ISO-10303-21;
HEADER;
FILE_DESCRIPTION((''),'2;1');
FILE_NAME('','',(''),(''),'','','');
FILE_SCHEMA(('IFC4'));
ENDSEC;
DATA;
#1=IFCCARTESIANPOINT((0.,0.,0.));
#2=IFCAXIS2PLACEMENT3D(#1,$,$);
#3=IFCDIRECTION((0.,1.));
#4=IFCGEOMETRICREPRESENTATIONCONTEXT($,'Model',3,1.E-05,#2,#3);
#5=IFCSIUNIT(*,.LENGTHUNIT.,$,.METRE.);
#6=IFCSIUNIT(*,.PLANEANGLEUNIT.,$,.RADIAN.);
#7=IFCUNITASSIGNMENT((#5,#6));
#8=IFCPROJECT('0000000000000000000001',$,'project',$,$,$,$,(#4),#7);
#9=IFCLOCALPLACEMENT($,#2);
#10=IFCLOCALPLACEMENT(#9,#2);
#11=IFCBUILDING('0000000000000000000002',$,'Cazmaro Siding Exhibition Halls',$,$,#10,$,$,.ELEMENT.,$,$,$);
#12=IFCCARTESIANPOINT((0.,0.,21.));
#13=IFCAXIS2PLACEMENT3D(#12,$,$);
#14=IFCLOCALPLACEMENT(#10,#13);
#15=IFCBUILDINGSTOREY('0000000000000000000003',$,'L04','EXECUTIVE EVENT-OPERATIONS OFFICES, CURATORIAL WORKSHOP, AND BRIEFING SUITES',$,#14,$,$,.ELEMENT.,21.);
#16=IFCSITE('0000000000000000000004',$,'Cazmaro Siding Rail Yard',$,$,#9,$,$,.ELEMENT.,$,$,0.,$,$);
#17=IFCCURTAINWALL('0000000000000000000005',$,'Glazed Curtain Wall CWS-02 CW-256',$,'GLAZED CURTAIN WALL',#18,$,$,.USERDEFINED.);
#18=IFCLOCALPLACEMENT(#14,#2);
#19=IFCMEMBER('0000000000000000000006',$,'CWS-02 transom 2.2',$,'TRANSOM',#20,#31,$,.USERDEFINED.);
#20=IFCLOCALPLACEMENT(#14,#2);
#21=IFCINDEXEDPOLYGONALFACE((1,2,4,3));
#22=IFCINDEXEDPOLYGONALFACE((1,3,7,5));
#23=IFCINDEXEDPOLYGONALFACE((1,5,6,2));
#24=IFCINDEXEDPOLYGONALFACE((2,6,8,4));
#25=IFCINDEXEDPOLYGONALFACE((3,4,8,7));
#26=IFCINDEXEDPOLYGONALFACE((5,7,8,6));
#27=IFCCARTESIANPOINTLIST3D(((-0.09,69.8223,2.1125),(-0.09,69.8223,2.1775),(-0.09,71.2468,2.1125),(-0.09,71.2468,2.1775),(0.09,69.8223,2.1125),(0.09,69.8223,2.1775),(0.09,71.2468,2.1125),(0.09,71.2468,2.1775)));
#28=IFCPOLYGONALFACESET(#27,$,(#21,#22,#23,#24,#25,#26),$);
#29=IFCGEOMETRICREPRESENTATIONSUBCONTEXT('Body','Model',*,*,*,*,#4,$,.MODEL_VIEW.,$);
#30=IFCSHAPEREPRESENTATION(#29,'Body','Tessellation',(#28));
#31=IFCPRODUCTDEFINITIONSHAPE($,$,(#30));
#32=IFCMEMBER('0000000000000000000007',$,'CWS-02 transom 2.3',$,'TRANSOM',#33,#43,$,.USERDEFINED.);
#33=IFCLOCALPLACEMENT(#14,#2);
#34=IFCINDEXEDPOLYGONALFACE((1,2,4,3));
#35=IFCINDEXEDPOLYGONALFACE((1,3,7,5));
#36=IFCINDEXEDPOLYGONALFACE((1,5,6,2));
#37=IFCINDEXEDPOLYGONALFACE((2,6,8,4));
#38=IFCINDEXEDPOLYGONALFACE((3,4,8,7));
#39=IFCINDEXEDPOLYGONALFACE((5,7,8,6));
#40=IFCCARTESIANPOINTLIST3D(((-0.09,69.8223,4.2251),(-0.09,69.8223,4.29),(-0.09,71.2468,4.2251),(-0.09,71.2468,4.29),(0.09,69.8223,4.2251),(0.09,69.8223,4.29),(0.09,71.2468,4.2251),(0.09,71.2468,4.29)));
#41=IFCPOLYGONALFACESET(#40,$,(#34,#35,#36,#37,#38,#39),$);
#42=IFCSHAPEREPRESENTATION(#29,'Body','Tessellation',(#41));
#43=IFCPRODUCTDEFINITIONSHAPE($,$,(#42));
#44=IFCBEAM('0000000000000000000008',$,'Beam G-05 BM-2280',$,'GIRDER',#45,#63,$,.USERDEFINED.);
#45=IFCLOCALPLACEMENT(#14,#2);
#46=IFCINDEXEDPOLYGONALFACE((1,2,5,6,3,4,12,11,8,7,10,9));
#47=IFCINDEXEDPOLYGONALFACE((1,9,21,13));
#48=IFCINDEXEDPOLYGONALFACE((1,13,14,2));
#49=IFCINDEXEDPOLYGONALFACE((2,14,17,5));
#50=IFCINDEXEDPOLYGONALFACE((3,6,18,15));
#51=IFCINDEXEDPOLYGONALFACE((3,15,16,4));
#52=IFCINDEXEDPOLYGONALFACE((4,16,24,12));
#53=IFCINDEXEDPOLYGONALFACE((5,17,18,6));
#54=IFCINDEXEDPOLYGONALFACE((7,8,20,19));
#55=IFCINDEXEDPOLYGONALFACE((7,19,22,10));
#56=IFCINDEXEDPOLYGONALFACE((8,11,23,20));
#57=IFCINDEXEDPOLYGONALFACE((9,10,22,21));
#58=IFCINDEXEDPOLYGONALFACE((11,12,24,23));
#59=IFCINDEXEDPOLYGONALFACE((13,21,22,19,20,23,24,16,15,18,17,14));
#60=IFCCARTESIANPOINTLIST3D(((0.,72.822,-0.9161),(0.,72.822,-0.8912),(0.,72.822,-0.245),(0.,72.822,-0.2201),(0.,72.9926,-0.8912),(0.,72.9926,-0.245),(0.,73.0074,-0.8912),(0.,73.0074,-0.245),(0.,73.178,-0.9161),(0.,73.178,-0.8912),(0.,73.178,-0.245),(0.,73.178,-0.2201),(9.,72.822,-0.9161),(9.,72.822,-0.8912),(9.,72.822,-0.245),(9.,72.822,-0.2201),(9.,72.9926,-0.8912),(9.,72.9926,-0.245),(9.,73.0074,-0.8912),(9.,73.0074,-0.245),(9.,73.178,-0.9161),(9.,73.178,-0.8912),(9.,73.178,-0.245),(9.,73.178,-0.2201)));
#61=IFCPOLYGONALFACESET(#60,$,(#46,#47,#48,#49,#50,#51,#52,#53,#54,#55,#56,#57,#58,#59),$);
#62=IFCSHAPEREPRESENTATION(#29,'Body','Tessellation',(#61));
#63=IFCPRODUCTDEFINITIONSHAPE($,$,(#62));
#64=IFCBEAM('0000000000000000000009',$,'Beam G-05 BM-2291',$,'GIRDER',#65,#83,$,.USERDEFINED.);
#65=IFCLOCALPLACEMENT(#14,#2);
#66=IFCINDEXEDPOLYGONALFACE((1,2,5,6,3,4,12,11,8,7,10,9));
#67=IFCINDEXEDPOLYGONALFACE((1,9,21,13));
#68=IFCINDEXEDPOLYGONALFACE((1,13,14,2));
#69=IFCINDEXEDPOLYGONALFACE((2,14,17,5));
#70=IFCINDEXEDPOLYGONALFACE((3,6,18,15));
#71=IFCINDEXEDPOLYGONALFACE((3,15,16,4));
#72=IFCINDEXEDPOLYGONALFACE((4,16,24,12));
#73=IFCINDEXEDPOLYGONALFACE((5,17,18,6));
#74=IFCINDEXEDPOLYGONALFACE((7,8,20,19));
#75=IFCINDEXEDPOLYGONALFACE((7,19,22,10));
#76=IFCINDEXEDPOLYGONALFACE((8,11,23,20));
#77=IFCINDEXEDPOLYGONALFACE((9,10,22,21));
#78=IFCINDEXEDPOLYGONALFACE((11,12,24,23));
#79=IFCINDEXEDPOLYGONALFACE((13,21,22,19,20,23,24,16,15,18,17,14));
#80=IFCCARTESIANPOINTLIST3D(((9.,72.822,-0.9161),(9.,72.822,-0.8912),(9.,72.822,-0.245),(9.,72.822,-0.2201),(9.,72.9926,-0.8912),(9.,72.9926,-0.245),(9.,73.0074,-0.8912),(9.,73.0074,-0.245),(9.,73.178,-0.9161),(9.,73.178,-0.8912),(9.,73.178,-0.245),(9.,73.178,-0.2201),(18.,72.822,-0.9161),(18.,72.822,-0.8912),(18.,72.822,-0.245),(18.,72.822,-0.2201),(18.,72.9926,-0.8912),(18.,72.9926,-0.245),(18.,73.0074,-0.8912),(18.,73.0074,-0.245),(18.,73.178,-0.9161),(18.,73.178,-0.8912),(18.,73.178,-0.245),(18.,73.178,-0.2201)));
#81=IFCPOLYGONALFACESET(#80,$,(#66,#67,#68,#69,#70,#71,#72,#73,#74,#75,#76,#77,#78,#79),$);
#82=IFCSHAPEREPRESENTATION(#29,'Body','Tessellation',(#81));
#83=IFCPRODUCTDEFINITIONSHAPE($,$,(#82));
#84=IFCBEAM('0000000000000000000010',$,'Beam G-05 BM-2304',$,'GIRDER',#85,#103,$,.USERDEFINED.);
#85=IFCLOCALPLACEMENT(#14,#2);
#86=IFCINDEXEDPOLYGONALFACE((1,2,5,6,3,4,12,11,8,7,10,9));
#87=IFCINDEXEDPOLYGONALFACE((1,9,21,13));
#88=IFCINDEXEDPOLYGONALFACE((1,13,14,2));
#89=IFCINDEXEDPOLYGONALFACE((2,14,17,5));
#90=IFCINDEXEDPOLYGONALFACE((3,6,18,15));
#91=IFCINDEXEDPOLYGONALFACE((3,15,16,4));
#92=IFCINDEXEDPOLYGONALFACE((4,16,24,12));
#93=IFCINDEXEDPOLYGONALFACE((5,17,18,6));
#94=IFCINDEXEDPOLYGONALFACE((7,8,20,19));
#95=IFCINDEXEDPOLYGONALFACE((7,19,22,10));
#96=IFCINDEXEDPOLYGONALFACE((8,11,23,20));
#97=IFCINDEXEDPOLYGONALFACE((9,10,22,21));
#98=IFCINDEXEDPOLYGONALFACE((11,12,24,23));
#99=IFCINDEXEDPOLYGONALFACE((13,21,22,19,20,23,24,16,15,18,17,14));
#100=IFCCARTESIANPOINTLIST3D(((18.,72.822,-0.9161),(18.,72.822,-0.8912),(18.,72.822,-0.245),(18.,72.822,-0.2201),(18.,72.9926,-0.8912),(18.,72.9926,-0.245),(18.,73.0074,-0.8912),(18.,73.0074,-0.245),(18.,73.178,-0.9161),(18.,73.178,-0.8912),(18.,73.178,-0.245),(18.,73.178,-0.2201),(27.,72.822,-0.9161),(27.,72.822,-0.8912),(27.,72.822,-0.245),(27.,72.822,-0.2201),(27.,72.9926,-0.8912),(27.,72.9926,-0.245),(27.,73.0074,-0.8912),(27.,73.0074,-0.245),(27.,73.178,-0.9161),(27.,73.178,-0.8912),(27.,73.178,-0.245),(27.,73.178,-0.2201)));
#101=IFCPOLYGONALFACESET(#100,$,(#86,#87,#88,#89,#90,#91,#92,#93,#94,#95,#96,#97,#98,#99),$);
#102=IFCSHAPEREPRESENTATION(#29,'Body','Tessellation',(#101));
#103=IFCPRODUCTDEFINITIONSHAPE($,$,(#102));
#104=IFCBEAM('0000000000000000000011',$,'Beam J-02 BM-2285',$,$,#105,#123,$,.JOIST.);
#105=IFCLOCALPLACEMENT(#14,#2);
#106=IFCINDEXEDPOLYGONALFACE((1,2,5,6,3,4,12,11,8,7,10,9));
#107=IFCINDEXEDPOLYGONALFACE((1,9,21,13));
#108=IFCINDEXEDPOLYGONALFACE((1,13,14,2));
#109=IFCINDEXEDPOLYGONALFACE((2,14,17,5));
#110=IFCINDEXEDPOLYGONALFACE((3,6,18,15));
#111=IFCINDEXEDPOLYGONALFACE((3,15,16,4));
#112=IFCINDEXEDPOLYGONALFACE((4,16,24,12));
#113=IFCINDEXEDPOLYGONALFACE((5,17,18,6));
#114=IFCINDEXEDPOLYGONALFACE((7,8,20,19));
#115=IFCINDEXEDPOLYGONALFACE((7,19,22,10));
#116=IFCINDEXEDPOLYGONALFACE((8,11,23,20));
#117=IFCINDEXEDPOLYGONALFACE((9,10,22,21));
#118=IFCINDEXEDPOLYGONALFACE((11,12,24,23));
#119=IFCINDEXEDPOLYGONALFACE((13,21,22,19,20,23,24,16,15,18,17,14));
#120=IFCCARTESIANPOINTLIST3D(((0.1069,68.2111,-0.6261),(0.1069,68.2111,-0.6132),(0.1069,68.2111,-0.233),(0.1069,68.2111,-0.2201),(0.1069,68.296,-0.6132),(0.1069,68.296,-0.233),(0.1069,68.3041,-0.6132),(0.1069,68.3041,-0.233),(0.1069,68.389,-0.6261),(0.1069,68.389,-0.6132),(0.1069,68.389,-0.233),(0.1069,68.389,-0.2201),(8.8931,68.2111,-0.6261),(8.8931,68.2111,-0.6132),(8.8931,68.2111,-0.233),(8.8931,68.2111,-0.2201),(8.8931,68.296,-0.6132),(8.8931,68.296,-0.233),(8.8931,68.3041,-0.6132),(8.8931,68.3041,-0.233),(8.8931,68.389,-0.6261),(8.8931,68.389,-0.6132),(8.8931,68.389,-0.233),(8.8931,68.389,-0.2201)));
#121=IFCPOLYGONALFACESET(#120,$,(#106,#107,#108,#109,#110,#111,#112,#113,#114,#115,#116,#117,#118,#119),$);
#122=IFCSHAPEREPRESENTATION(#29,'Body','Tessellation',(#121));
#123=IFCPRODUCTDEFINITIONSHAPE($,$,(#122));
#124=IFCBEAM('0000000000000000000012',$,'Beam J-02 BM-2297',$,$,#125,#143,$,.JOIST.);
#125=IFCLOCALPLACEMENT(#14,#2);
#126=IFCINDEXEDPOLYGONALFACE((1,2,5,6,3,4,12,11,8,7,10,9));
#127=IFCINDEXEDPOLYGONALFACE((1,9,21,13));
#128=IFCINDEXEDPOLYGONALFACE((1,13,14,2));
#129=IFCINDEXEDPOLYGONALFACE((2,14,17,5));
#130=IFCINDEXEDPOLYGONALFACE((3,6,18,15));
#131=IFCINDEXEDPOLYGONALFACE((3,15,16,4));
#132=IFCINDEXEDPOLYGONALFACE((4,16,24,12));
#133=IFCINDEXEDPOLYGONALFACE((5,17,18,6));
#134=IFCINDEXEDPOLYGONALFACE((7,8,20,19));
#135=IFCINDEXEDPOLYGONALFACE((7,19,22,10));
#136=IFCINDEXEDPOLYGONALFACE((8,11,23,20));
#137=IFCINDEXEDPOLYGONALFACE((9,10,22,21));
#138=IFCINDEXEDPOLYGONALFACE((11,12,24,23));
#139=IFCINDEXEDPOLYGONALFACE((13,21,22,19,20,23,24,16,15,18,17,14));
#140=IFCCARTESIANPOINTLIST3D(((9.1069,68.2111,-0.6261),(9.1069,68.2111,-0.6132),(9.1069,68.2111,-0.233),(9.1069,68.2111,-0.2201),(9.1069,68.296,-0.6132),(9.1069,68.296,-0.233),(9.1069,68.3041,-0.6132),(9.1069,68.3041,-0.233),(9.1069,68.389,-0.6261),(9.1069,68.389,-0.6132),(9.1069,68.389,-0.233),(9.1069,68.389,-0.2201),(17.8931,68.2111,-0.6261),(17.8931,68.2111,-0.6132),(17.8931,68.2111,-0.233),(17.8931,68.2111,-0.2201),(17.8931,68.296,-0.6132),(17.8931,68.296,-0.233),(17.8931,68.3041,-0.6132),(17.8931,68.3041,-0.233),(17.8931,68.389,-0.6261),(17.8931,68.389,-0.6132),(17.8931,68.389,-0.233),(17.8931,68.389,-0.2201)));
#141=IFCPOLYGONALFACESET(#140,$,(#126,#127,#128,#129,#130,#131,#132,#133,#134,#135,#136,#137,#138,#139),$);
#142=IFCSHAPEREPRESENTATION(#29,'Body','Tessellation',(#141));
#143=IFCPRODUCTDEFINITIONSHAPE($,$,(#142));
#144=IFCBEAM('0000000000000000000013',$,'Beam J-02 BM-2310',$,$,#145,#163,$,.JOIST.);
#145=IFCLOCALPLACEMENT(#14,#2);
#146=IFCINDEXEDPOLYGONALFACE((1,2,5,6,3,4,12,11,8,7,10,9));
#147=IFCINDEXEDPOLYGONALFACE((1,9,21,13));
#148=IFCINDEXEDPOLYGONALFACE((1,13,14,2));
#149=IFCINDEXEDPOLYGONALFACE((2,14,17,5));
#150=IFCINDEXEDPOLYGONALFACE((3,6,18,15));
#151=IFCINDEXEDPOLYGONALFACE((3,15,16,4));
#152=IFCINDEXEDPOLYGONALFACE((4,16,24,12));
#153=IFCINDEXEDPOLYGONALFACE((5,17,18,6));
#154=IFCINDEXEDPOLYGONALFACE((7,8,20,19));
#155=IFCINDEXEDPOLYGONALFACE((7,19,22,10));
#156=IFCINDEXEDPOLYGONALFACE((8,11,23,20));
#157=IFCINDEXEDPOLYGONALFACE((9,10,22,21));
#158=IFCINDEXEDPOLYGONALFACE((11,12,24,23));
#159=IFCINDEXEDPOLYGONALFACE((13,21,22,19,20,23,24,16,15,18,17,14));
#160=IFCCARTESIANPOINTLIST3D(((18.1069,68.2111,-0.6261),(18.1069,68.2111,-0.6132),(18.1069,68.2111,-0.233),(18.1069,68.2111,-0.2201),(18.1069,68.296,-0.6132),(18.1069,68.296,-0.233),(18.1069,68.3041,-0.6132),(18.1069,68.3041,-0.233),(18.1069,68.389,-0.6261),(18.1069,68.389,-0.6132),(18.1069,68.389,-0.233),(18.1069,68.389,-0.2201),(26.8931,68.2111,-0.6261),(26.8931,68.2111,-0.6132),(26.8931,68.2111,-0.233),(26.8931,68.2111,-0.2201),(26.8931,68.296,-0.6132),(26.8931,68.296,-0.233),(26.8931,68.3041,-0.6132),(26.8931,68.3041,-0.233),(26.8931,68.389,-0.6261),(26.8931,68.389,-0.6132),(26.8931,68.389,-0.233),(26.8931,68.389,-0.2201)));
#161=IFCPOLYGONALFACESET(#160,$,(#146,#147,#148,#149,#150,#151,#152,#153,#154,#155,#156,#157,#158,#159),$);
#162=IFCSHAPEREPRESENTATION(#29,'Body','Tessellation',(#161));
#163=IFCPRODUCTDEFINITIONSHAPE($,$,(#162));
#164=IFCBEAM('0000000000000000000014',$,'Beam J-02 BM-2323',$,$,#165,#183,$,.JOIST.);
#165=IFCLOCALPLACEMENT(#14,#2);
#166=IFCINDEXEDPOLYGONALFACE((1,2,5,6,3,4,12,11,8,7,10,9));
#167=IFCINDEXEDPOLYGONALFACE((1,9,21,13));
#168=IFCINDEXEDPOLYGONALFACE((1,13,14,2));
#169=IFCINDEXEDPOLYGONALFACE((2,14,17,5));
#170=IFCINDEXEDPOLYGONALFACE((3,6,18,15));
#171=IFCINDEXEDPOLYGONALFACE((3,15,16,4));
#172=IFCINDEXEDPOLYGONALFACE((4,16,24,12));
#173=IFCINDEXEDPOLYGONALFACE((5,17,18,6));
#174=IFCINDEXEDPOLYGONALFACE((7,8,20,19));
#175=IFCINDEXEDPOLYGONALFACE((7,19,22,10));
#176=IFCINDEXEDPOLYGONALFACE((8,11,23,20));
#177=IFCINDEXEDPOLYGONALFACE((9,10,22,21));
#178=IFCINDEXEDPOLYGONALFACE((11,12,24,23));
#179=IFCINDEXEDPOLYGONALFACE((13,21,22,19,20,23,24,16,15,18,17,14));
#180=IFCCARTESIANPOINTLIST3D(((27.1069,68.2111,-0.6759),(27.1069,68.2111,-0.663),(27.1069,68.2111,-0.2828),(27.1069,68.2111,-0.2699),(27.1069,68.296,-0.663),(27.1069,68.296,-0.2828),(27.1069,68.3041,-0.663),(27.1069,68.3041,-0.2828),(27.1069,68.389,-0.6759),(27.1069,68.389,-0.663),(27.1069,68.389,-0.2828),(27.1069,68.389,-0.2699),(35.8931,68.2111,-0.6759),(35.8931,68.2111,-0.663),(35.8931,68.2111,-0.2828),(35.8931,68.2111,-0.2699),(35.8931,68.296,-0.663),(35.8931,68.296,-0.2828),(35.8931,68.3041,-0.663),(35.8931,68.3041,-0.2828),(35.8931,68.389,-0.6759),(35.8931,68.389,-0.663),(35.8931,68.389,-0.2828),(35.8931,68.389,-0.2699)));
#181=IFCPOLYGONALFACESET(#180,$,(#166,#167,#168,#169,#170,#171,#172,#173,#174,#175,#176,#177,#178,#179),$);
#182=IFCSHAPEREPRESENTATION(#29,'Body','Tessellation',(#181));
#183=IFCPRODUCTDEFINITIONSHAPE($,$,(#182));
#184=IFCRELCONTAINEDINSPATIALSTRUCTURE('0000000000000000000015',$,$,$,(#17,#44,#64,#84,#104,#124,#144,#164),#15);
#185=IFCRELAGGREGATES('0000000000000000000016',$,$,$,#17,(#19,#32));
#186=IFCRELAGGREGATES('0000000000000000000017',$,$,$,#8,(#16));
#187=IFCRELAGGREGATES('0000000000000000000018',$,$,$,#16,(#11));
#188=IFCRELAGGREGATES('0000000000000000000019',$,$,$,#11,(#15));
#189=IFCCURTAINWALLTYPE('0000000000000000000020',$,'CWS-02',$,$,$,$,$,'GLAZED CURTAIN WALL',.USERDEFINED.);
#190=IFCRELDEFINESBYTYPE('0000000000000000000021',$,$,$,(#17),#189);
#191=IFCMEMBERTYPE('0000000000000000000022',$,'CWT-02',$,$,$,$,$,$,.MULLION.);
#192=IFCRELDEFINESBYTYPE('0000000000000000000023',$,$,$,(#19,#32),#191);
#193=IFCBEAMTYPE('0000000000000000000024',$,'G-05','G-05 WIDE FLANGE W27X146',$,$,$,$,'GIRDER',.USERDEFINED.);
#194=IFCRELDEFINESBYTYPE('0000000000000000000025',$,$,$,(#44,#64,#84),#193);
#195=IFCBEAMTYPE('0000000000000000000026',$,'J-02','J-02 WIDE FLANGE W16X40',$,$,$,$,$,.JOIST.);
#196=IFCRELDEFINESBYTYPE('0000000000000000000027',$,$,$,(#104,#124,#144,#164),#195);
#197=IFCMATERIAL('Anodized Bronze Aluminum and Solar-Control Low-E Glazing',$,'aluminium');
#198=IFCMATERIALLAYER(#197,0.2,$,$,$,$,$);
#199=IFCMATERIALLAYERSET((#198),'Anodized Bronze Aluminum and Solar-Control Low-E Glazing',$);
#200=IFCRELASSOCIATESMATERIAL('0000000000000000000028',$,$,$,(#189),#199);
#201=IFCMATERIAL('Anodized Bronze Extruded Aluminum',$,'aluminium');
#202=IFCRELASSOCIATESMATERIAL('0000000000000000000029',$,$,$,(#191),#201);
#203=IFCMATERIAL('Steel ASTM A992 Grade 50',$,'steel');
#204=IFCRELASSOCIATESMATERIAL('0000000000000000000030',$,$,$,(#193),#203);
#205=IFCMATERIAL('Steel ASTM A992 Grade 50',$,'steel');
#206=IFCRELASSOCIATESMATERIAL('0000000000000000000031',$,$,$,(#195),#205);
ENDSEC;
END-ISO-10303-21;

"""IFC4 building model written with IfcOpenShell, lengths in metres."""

from ifc_helpers import new_model, si_unit, direction, frame, origin, origin_2d, place, context, subcontext, project, spatial, rectangle, i_section, extrude, material, layer, layer_set, material_profile, profile_set, type_object, element, aggregate, save


model = new_model("IFC4")

# Units and contexts
model_context = context("Model", 3, precision=1e-05, world=origin(), true_north=direction((0.0, 1.0)))
body_context = subcontext(model_context, "Body", "Model", "MODEL_VIEW")
ifc_project = project(units=[si_unit("LENGTHUNIT", "METRE"), si_unit("PLANEANGLEUNIT", "RADIAN")], contexts=[model_context])

# Site, building, storey
site_placement = place(None, origin())
site = spatial("IfcSite", under=ifc_project, at=site_placement, Name="Cazmaro Siding Rail Yard", CompositionType="ELEMENT", RefElevation=0.0)
building_placement = place(site_placement, origin())
building = spatial("IfcBuilding", under=site, at=building_placement, Name="Cazmaro Siding Exhibition Halls", CompositionType="ELEMENT")
storey_placement = place(building_placement, frame((0.0, 0.0, 21.0)))
storey = spatial("IfcBuildingStorey", under=building, at=storey_placement, Name="L04", Description="EXECUTIVE EVENT-OPERATIONS OFFICES, CURATORIAL WORKSHOP, AND BRIEFING SUITES", CompositionType="ELEMENT", Elevation=21.0)

# Curtain wall, members
ifc_material_1 = material(Name="Anodized Bronze Aluminum and Solar-Control Low-E Glazing", Category="aluminium")
ifc_layer_1 = layer(ifc_material_1, 0.2)
ifc_layer_set_1 = layer_set([ifc_layer_1], Name="Anodized Bronze Aluminum and Solar-Control Low-E Glazing")
curtain_wall_type = type_object("IfcCurtainWallType", Name="CWS-02", ElementType="GLAZED CURTAIN WALL", PredefinedType="USERDEFINED", material=ifc_layer_set_1)
curtain_wall_placement = place(storey_placement, origin())
curtain_wall = element("IfcCurtainWall", 1, at=curtain_wall_placement, inside=storey, type_object=curtain_wall_type, Name="Glazed Curtain Wall CWS-02 CW-256", ObjectType="GLAZED CURTAIN WALL", PredefinedType="USERDEFINED")
ifc_material_2 = material(Name="Anodized Bronze Extruded Aluminum", Category="aluminium")
ifc_material_profile_1 = material_profile(ifc_material_2, rectangle(XDim=0.1799, YDim=0.0649, at=origin_2d()), Name="CWT-02")
ifc_profile_set_1 = profile_set([ifc_material_profile_1], Name="Anodized Bronze Extruded Aluminum")
member_type_1 = type_object("IfcMemberType", Name="CWT-02", PredefinedType="MULLION", material=ifc_profile_set_1)
member_1_placement = place(storey_placement, frame((0.0, 71.2468, 2.145), z_axis=(0.0, -1.0, 0.0), x_axis=(1.0, 0.0, 0.0)))
member_1 = element("IfcMember", 2, at=member_1_placement, type_object=member_type_1, Name="CWS-02 transom 2.2", ObjectType="TRANSOM", PredefinedType="USERDEFINED", context=body_context, shape_type="SweptSolid", body=[
    extrude(rectangle(XDim=0.1799, YDim=0.0649, at=origin_2d()), origin(), (0.0, 0.0, 1.0), 1.4246),
])
member_2_placement = place(storey_placement, frame((0.0, 71.2468, 4.2576), z_axis=(0.0, -1.0, 0.0), x_axis=(1.0, 0.0, 0.0)))
member_2 = element("IfcMember", 3, at=member_2_placement, type_object=member_type_1, Name="CWS-02 transom 2.3", ObjectType="TRANSOM", PredefinedType="USERDEFINED", context=body_context, shape_type="SweptSolid", body=[
    extrude(rectangle(XDim=0.1799, YDim=0.0649, at=origin_2d()), origin(), (0.0, 0.0, 1.0), 1.4246),
])

# Beams
ifc_material_3 = material(Name="Steel ASTM A992 Grade 50", Category="steel")
ifc_material_profile_2 = material_profile(ifc_material_3, i_section(OverallWidth=0.356, OverallDepth=0.696, WebThickness=0.0149, FlangeThickness=0.0249, at=origin_2d()), Name="W27X146")
ifc_profile_set_2 = profile_set([ifc_material_profile_2], Name="Steel ASTM A992 Grade 50")
beam_type_1 = type_object("IfcBeamType", Name="G-05", Description="G-05 WIDE FLANGE W27X146", ElementType="GIRDER", PredefinedType="USERDEFINED", material=ifc_profile_set_2)
for number, where, z_axis, x_axis, name in (
    (4, (0.0, 73.0, -0.5681), (1.0, 0.0, 0.0), (0.0, 1.0, 0.0), "Beam G-05 BM-2280"),
    (5, (9.0, 73.0, -0.5681), (1.0, 0.0, 0.0), (0.0, 1.0, 0.0), "Beam G-05 BM-2291"),
    (6, (18.0, 73.0, -0.5681), (1.0, 0.0, 0.0), (0.0, 1.0, 0.0), "Beam G-05 BM-2304"),
):
    element("IfcBeam", number, at=place(storey_placement, frame(where, z_axis=z_axis, x_axis=x_axis)), inside=storey, type_object=beam_type_1, Name=name, ObjectType="GIRDER", PredefinedType="USERDEFINED", context=body_context, shape_type="SweptSolid", body=[
        extrude(i_section(OverallWidth=0.356, OverallDepth=0.696, WebThickness=0.0149, FlangeThickness=0.0249, at=origin_2d()), origin(), (0.0, 0.0, 1.0), 9.0),
    ])
ifc_material_4 = material(Name="Steel ASTM A992 Grade 50", Category="steel")
ifc_material_profile_3 = material_profile(ifc_material_4, i_section(OverallWidth=0.178, OverallDepth=0.406, WebThickness=0.0081, FlangeThickness=0.0129, at=origin_2d()), Name="W16X40")
ifc_profile_set_3 = profile_set([ifc_material_profile_3], Name="Steel ASTM A992 Grade 50")
beam_type_2 = type_object("IfcBeamType", Name="J-02", Description="J-02 WIDE FLANGE W16X40", PredefinedType="JOIST", material=ifc_profile_set_3)
for number, where, z_axis, x_axis, name in (
    (7, (0.1069, 68.3, -0.4231), (1.0, 0.0, 0.0), (0.0, 1.0, 0.0), "Beam J-02 BM-2285"),
    (8, (9.1069, 68.3, -0.4231), (1.0, 0.0, 0.0), (0.0, 1.0, 0.0), "Beam J-02 BM-2297"),
    (9, (18.1069, 68.3, -0.4231), (1.0, 0.0, 0.0), (0.0, 1.0, 0.0), "Beam J-02 BM-2310"),
    (10, (27.1069, 68.3, -0.4729), (1.0, 0.0, 0.0), (0.0, 1.0, 0.0), "Beam J-02 BM-2323"),
):
    element("IfcBeam", number, at=place(storey_placement, frame(where, z_axis=z_axis, x_axis=x_axis)), inside=storey, type_object=beam_type_2, Name=name, PredefinedType="JOIST", context=body_context, shape_type="SweptSolid", body=[
        extrude(i_section(OverallWidth=0.178, OverallDepth=0.406, WebThickness=0.0081, FlangeThickness=0.0129, at=origin_2d()), origin(), (0.0, 0.0, 1.0), 8.7861),
    ])

aggregate(curtain_wall, [member_1, member_2])

save(model, "model.ifc")
